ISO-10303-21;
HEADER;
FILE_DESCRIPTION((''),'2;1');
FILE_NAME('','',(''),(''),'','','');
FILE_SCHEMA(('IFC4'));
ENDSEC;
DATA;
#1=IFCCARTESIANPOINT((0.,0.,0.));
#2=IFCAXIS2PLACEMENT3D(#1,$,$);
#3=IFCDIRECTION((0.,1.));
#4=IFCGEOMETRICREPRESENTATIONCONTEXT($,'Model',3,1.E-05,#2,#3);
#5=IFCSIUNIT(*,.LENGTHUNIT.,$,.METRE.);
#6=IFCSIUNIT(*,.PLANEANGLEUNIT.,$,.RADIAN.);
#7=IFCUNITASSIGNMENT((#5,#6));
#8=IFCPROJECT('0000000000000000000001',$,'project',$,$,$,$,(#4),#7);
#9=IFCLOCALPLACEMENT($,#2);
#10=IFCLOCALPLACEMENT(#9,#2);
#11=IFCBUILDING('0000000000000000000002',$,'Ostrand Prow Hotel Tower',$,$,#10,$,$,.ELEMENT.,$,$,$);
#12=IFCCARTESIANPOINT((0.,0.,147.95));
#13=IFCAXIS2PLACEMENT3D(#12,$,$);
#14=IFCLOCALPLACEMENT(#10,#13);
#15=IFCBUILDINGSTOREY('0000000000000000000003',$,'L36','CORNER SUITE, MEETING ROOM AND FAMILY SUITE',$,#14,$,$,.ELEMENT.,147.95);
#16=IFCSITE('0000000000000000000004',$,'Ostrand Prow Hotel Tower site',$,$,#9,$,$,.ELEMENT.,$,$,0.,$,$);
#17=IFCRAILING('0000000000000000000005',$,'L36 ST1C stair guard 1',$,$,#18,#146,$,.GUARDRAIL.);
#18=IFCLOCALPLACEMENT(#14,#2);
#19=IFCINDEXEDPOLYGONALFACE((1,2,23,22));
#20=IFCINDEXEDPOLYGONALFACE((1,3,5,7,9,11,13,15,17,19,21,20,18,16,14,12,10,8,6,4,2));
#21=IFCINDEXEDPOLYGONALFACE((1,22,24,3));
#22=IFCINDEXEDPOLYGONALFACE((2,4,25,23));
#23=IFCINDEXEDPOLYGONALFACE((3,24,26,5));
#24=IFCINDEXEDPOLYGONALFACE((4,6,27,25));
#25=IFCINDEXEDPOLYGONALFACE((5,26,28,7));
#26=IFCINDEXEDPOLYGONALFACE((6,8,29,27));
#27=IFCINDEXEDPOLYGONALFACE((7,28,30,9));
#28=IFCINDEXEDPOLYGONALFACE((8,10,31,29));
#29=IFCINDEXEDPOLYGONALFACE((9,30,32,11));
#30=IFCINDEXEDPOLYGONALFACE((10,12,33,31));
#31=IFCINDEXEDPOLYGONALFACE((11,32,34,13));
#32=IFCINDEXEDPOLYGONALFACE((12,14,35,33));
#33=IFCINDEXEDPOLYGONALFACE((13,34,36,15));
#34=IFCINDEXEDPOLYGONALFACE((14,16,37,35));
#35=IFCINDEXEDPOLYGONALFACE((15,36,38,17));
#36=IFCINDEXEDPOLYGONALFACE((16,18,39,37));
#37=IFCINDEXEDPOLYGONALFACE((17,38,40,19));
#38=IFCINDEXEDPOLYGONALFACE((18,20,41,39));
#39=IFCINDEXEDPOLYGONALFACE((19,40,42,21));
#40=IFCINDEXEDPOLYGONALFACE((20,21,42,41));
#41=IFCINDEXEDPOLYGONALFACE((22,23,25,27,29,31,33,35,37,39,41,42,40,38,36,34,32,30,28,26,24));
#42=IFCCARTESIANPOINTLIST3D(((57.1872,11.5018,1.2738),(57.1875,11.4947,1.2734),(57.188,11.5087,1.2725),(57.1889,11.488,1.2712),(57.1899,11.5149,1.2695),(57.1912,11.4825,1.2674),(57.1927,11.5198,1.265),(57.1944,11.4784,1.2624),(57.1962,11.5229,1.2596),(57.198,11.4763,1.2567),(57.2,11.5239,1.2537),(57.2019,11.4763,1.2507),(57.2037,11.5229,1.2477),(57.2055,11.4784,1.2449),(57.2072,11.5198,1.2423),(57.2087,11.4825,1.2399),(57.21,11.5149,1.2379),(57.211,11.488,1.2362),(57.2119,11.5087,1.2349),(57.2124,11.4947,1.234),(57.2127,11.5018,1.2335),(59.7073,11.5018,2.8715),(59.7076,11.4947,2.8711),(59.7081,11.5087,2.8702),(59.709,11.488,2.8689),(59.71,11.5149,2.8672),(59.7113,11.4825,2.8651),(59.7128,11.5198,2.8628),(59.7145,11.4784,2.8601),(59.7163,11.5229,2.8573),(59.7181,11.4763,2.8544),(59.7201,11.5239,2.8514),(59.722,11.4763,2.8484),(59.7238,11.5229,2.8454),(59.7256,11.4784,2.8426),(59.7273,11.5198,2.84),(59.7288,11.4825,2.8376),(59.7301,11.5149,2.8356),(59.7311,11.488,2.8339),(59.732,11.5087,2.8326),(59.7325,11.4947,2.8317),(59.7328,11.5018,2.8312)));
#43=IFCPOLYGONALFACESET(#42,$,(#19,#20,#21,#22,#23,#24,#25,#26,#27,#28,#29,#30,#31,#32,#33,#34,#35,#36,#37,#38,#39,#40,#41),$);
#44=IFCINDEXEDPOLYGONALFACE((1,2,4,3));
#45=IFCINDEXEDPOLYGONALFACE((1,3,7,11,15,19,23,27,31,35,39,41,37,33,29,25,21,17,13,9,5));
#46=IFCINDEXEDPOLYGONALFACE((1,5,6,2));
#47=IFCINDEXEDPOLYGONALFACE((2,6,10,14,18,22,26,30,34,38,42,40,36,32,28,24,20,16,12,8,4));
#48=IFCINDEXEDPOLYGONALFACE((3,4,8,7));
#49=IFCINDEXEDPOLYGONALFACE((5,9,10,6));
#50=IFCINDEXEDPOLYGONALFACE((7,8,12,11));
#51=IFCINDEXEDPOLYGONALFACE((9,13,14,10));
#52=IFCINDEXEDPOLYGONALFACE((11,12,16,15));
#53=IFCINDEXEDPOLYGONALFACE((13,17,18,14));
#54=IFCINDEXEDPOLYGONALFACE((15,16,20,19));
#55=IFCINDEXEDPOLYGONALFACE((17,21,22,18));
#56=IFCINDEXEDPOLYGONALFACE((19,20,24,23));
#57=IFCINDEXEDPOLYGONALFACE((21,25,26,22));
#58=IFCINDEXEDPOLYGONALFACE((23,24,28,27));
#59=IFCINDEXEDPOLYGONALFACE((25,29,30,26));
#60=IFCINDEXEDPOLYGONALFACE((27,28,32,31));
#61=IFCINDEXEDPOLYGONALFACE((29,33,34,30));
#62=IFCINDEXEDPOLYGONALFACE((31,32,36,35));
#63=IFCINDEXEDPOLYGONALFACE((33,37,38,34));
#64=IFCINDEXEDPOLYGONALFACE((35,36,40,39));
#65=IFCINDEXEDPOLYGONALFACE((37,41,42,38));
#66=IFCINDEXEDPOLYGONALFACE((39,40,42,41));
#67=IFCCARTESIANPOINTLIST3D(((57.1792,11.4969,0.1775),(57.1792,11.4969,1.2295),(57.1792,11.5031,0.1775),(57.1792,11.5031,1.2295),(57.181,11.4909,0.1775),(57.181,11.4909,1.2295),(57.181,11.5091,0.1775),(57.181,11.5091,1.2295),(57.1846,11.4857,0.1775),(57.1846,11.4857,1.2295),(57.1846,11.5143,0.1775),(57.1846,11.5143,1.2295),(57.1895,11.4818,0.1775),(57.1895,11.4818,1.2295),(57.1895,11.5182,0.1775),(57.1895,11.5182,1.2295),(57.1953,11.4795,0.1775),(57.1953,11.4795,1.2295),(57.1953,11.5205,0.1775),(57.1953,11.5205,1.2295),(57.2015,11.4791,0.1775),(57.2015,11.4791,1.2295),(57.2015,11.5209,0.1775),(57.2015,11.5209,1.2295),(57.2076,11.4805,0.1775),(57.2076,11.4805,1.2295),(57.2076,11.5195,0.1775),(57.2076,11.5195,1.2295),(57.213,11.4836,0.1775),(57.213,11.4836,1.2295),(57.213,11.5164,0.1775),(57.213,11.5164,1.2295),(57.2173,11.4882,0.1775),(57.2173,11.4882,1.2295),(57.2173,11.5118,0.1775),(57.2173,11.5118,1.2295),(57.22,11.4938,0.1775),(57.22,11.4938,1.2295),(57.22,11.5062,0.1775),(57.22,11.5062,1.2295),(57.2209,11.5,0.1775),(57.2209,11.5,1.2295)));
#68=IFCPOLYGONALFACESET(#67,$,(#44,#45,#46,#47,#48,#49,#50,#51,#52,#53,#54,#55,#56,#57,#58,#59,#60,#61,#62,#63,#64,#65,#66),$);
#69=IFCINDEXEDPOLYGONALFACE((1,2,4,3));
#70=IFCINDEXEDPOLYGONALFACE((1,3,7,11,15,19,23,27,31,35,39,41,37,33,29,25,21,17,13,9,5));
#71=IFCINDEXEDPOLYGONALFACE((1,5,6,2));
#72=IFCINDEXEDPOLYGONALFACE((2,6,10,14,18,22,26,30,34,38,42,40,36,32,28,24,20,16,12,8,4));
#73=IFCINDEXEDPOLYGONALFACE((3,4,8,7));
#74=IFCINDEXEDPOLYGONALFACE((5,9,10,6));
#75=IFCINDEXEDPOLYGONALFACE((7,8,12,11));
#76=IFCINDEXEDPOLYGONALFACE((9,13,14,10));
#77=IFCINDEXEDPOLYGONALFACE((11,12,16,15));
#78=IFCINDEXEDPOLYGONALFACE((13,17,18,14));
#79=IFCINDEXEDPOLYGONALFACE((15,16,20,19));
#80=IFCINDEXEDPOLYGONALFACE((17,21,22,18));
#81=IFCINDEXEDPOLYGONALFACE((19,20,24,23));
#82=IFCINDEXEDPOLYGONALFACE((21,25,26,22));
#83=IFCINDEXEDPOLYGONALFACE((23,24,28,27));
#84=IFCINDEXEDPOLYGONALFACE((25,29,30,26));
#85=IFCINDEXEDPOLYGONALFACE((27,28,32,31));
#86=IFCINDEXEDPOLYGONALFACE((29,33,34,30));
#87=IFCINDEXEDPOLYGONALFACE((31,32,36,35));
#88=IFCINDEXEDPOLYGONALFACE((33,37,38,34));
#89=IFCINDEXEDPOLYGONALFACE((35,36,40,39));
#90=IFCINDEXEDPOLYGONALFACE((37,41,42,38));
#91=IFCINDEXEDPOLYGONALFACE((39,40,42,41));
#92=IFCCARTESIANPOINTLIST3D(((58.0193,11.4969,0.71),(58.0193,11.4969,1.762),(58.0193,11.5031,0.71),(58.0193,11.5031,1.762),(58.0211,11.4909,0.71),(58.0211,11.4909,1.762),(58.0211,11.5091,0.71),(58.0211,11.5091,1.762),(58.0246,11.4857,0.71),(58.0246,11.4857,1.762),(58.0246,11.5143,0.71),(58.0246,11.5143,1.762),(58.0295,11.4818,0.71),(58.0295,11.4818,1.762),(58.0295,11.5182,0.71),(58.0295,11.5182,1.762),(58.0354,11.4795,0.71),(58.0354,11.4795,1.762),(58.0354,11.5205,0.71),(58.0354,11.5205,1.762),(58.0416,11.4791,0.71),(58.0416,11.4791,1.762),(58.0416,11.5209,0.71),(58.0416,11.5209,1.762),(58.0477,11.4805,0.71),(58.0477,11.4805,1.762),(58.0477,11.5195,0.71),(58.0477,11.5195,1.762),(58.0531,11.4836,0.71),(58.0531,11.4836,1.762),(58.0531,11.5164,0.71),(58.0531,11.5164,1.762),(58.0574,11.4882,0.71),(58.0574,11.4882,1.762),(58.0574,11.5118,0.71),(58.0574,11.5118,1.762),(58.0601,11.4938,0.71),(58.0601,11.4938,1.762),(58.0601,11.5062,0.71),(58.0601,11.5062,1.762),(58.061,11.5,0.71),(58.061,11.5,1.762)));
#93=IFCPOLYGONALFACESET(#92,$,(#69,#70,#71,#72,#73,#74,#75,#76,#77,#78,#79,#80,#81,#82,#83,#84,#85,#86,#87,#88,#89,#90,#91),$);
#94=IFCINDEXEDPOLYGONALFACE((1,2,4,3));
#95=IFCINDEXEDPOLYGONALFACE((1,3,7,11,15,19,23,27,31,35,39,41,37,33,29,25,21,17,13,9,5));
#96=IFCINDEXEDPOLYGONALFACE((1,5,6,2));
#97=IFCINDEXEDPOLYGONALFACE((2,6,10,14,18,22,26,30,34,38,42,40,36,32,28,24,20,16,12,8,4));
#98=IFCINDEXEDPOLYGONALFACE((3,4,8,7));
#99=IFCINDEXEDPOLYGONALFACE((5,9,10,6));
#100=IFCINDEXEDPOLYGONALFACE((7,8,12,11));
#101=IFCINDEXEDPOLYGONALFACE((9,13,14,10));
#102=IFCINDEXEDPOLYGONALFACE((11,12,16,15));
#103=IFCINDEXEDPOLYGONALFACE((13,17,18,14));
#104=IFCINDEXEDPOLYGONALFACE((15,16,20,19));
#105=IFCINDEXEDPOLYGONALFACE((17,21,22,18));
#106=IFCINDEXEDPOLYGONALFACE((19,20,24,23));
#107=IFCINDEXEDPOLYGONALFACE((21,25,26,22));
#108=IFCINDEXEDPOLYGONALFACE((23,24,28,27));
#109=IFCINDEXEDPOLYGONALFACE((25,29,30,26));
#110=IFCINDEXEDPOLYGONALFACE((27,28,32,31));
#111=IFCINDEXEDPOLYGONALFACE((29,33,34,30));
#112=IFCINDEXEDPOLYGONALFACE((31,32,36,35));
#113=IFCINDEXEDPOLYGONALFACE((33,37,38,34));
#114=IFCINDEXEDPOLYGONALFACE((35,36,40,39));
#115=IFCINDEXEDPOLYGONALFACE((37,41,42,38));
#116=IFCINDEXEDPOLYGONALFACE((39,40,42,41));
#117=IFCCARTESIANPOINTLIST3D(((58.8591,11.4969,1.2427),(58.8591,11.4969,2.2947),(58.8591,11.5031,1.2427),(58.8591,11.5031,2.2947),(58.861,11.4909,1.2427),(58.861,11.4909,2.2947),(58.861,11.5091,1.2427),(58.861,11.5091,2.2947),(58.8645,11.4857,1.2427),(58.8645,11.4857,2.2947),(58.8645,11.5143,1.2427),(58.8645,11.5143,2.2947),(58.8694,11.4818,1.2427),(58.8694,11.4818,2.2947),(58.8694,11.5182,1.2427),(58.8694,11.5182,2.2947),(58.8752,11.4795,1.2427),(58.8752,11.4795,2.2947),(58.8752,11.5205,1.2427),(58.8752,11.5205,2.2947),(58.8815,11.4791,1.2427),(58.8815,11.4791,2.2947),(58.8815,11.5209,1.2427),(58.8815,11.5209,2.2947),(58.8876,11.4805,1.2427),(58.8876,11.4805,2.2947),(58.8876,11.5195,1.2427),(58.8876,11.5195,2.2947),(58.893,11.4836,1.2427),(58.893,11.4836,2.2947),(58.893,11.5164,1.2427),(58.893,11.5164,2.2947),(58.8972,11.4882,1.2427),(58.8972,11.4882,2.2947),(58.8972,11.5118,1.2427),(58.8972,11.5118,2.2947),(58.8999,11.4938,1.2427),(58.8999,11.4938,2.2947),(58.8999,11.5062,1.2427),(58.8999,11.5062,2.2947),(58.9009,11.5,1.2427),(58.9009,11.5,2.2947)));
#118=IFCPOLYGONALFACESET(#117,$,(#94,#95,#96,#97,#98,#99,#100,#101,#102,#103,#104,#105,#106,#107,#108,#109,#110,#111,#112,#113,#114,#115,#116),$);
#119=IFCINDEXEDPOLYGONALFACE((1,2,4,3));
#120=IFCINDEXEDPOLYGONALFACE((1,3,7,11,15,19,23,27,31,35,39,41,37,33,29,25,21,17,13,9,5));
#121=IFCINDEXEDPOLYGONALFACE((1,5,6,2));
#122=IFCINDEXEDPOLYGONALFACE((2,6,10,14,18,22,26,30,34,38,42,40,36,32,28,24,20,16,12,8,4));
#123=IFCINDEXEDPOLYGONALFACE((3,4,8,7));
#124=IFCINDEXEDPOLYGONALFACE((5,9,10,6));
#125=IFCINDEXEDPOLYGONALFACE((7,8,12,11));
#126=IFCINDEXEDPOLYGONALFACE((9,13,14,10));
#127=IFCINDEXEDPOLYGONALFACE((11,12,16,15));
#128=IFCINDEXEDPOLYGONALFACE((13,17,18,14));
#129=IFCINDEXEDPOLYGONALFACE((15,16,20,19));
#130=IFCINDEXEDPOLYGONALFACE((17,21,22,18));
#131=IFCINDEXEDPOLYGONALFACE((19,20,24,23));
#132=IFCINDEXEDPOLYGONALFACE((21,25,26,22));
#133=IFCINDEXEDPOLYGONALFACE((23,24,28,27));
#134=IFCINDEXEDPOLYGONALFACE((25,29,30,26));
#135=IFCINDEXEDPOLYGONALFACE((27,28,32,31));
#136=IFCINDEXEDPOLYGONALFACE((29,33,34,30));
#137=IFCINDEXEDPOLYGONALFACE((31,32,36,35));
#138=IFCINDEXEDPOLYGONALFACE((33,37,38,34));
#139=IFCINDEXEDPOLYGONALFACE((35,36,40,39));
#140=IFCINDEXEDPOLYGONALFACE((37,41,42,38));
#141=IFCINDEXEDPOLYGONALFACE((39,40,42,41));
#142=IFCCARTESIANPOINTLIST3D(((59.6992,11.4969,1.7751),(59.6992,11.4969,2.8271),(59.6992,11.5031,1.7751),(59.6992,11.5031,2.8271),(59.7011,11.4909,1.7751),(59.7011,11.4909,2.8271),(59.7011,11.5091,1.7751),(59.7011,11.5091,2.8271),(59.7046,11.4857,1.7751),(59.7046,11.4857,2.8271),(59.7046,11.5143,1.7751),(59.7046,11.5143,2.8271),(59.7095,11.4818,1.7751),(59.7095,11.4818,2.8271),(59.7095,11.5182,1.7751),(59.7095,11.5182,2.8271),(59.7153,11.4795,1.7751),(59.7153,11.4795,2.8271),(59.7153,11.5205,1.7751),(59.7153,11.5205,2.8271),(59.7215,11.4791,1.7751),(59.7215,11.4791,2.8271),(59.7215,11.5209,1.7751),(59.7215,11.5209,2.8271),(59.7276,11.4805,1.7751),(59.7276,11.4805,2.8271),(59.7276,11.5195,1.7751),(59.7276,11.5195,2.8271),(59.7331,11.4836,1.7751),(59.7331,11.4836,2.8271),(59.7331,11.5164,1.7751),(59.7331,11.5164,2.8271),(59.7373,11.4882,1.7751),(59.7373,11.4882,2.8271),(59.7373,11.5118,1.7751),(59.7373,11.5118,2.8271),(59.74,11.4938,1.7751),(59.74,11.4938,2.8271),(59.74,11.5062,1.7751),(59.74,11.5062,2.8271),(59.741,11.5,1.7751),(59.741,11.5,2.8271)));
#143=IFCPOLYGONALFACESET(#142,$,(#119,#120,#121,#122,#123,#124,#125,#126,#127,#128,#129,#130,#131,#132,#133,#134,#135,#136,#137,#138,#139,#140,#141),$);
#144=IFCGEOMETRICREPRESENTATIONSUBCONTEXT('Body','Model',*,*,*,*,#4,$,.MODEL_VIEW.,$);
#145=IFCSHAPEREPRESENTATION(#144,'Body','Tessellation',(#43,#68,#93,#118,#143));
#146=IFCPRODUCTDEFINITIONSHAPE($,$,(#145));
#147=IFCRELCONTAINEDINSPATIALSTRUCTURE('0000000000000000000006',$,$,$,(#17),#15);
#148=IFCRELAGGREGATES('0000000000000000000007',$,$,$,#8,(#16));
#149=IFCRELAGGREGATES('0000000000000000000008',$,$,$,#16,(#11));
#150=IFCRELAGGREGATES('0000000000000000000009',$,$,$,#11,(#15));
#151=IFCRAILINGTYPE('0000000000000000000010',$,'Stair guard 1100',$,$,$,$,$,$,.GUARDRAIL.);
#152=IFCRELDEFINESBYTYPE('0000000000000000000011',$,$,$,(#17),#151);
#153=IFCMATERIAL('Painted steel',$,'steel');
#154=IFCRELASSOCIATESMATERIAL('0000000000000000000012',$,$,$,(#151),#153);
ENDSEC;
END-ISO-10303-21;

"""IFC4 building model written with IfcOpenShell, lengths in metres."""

from ifc_helpers import new_model, si_unit, direction, frame, origin, origin_2d, place, context, subcontext, project, spatial, circle, extrude, material, type_object, element, save


model = new_model("IFC4")

# Units and contexts
model_context = context("Model", 3, precision=1e-05, world=origin(), true_north=direction((0.0, 1.0)))
body_context = subcontext(model_context, "Body", "Model", "MODEL_VIEW")
ifc_project = project(units=[si_unit("LENGTHUNIT", "METRE"), si_unit("PLANEANGLEUNIT", "RADIAN")], contexts=[model_context])

# Site, building, storey
site_placement = place(None, origin())
site = spatial("IfcSite", under=ifc_project, at=site_placement, Name="Ostrand Prow Hotel Tower site", CompositionType="ELEMENT", RefElevation=0.0)
building_placement = place(site_placement, origin())
building = spatial("IfcBuilding", under=site, at=building_placement, Name="Ostrand Prow Hotel Tower", CompositionType="ELEMENT")
storey_placement = place(building_placement, frame((0.0, 0.0, 147.95)))
storey = spatial("IfcBuildingStorey", under=building, at=storey_placement, Name="L36", Description="CORNER SUITE, MEETING ROOM AND FAMILY SUITE", CompositionType="ELEMENT", Elevation=147.95)

# Railing
ifc_material_1 = material(Name="Painted steel", Category="steel")
railing_type_1 = type_object("IfcRailingType", Name="Stair guard 1100", PredefinedType="GUARDRAIL", material=ifc_material_1)
railing_1_placement = place(storey_placement, frame((57.2, 11.5, 0.1775)))
element("IfcRailing", 1, at=railing_1_placement, inside=storey, type_object=railing_type_1, Name="L36 ST1C stair guard 1", PredefinedType="GUARDRAIL", context=body_context, shape_type="SweptSolid", body=[
    extrude(circle(Radius=0.0239, at=origin_2d()), frame((0.0, 0.0, 1.0762), z_axis=(0.84457, 0.0, 0.535445), x_axis=(0.0, 1.0, 0.0)), (0.0, 0.0, 1.0), 2.9839),
    extrude(circle(Radius=0.021, at=origin_2d()), origin(), (0.0, 0.0, 1.0), 1.052),
    extrude(circle(Radius=0.021, at=origin_2d()), frame((0.8401, 0.0, 0.5325)), (0.0, 0.0, 1.0), 1.052),
    extrude(circle(Radius=0.021, at=origin_2d()), frame((1.6799, 0.0, 1.0652)), (0.0, 0.0, 1.0), 1.052),
    extrude(circle(Radius=0.021, at=origin_2d()), frame((2.52, 0.0, 1.5977)), (0.0, 0.0, 1.0), 1.052),
])

save(model, "model.ifc")
